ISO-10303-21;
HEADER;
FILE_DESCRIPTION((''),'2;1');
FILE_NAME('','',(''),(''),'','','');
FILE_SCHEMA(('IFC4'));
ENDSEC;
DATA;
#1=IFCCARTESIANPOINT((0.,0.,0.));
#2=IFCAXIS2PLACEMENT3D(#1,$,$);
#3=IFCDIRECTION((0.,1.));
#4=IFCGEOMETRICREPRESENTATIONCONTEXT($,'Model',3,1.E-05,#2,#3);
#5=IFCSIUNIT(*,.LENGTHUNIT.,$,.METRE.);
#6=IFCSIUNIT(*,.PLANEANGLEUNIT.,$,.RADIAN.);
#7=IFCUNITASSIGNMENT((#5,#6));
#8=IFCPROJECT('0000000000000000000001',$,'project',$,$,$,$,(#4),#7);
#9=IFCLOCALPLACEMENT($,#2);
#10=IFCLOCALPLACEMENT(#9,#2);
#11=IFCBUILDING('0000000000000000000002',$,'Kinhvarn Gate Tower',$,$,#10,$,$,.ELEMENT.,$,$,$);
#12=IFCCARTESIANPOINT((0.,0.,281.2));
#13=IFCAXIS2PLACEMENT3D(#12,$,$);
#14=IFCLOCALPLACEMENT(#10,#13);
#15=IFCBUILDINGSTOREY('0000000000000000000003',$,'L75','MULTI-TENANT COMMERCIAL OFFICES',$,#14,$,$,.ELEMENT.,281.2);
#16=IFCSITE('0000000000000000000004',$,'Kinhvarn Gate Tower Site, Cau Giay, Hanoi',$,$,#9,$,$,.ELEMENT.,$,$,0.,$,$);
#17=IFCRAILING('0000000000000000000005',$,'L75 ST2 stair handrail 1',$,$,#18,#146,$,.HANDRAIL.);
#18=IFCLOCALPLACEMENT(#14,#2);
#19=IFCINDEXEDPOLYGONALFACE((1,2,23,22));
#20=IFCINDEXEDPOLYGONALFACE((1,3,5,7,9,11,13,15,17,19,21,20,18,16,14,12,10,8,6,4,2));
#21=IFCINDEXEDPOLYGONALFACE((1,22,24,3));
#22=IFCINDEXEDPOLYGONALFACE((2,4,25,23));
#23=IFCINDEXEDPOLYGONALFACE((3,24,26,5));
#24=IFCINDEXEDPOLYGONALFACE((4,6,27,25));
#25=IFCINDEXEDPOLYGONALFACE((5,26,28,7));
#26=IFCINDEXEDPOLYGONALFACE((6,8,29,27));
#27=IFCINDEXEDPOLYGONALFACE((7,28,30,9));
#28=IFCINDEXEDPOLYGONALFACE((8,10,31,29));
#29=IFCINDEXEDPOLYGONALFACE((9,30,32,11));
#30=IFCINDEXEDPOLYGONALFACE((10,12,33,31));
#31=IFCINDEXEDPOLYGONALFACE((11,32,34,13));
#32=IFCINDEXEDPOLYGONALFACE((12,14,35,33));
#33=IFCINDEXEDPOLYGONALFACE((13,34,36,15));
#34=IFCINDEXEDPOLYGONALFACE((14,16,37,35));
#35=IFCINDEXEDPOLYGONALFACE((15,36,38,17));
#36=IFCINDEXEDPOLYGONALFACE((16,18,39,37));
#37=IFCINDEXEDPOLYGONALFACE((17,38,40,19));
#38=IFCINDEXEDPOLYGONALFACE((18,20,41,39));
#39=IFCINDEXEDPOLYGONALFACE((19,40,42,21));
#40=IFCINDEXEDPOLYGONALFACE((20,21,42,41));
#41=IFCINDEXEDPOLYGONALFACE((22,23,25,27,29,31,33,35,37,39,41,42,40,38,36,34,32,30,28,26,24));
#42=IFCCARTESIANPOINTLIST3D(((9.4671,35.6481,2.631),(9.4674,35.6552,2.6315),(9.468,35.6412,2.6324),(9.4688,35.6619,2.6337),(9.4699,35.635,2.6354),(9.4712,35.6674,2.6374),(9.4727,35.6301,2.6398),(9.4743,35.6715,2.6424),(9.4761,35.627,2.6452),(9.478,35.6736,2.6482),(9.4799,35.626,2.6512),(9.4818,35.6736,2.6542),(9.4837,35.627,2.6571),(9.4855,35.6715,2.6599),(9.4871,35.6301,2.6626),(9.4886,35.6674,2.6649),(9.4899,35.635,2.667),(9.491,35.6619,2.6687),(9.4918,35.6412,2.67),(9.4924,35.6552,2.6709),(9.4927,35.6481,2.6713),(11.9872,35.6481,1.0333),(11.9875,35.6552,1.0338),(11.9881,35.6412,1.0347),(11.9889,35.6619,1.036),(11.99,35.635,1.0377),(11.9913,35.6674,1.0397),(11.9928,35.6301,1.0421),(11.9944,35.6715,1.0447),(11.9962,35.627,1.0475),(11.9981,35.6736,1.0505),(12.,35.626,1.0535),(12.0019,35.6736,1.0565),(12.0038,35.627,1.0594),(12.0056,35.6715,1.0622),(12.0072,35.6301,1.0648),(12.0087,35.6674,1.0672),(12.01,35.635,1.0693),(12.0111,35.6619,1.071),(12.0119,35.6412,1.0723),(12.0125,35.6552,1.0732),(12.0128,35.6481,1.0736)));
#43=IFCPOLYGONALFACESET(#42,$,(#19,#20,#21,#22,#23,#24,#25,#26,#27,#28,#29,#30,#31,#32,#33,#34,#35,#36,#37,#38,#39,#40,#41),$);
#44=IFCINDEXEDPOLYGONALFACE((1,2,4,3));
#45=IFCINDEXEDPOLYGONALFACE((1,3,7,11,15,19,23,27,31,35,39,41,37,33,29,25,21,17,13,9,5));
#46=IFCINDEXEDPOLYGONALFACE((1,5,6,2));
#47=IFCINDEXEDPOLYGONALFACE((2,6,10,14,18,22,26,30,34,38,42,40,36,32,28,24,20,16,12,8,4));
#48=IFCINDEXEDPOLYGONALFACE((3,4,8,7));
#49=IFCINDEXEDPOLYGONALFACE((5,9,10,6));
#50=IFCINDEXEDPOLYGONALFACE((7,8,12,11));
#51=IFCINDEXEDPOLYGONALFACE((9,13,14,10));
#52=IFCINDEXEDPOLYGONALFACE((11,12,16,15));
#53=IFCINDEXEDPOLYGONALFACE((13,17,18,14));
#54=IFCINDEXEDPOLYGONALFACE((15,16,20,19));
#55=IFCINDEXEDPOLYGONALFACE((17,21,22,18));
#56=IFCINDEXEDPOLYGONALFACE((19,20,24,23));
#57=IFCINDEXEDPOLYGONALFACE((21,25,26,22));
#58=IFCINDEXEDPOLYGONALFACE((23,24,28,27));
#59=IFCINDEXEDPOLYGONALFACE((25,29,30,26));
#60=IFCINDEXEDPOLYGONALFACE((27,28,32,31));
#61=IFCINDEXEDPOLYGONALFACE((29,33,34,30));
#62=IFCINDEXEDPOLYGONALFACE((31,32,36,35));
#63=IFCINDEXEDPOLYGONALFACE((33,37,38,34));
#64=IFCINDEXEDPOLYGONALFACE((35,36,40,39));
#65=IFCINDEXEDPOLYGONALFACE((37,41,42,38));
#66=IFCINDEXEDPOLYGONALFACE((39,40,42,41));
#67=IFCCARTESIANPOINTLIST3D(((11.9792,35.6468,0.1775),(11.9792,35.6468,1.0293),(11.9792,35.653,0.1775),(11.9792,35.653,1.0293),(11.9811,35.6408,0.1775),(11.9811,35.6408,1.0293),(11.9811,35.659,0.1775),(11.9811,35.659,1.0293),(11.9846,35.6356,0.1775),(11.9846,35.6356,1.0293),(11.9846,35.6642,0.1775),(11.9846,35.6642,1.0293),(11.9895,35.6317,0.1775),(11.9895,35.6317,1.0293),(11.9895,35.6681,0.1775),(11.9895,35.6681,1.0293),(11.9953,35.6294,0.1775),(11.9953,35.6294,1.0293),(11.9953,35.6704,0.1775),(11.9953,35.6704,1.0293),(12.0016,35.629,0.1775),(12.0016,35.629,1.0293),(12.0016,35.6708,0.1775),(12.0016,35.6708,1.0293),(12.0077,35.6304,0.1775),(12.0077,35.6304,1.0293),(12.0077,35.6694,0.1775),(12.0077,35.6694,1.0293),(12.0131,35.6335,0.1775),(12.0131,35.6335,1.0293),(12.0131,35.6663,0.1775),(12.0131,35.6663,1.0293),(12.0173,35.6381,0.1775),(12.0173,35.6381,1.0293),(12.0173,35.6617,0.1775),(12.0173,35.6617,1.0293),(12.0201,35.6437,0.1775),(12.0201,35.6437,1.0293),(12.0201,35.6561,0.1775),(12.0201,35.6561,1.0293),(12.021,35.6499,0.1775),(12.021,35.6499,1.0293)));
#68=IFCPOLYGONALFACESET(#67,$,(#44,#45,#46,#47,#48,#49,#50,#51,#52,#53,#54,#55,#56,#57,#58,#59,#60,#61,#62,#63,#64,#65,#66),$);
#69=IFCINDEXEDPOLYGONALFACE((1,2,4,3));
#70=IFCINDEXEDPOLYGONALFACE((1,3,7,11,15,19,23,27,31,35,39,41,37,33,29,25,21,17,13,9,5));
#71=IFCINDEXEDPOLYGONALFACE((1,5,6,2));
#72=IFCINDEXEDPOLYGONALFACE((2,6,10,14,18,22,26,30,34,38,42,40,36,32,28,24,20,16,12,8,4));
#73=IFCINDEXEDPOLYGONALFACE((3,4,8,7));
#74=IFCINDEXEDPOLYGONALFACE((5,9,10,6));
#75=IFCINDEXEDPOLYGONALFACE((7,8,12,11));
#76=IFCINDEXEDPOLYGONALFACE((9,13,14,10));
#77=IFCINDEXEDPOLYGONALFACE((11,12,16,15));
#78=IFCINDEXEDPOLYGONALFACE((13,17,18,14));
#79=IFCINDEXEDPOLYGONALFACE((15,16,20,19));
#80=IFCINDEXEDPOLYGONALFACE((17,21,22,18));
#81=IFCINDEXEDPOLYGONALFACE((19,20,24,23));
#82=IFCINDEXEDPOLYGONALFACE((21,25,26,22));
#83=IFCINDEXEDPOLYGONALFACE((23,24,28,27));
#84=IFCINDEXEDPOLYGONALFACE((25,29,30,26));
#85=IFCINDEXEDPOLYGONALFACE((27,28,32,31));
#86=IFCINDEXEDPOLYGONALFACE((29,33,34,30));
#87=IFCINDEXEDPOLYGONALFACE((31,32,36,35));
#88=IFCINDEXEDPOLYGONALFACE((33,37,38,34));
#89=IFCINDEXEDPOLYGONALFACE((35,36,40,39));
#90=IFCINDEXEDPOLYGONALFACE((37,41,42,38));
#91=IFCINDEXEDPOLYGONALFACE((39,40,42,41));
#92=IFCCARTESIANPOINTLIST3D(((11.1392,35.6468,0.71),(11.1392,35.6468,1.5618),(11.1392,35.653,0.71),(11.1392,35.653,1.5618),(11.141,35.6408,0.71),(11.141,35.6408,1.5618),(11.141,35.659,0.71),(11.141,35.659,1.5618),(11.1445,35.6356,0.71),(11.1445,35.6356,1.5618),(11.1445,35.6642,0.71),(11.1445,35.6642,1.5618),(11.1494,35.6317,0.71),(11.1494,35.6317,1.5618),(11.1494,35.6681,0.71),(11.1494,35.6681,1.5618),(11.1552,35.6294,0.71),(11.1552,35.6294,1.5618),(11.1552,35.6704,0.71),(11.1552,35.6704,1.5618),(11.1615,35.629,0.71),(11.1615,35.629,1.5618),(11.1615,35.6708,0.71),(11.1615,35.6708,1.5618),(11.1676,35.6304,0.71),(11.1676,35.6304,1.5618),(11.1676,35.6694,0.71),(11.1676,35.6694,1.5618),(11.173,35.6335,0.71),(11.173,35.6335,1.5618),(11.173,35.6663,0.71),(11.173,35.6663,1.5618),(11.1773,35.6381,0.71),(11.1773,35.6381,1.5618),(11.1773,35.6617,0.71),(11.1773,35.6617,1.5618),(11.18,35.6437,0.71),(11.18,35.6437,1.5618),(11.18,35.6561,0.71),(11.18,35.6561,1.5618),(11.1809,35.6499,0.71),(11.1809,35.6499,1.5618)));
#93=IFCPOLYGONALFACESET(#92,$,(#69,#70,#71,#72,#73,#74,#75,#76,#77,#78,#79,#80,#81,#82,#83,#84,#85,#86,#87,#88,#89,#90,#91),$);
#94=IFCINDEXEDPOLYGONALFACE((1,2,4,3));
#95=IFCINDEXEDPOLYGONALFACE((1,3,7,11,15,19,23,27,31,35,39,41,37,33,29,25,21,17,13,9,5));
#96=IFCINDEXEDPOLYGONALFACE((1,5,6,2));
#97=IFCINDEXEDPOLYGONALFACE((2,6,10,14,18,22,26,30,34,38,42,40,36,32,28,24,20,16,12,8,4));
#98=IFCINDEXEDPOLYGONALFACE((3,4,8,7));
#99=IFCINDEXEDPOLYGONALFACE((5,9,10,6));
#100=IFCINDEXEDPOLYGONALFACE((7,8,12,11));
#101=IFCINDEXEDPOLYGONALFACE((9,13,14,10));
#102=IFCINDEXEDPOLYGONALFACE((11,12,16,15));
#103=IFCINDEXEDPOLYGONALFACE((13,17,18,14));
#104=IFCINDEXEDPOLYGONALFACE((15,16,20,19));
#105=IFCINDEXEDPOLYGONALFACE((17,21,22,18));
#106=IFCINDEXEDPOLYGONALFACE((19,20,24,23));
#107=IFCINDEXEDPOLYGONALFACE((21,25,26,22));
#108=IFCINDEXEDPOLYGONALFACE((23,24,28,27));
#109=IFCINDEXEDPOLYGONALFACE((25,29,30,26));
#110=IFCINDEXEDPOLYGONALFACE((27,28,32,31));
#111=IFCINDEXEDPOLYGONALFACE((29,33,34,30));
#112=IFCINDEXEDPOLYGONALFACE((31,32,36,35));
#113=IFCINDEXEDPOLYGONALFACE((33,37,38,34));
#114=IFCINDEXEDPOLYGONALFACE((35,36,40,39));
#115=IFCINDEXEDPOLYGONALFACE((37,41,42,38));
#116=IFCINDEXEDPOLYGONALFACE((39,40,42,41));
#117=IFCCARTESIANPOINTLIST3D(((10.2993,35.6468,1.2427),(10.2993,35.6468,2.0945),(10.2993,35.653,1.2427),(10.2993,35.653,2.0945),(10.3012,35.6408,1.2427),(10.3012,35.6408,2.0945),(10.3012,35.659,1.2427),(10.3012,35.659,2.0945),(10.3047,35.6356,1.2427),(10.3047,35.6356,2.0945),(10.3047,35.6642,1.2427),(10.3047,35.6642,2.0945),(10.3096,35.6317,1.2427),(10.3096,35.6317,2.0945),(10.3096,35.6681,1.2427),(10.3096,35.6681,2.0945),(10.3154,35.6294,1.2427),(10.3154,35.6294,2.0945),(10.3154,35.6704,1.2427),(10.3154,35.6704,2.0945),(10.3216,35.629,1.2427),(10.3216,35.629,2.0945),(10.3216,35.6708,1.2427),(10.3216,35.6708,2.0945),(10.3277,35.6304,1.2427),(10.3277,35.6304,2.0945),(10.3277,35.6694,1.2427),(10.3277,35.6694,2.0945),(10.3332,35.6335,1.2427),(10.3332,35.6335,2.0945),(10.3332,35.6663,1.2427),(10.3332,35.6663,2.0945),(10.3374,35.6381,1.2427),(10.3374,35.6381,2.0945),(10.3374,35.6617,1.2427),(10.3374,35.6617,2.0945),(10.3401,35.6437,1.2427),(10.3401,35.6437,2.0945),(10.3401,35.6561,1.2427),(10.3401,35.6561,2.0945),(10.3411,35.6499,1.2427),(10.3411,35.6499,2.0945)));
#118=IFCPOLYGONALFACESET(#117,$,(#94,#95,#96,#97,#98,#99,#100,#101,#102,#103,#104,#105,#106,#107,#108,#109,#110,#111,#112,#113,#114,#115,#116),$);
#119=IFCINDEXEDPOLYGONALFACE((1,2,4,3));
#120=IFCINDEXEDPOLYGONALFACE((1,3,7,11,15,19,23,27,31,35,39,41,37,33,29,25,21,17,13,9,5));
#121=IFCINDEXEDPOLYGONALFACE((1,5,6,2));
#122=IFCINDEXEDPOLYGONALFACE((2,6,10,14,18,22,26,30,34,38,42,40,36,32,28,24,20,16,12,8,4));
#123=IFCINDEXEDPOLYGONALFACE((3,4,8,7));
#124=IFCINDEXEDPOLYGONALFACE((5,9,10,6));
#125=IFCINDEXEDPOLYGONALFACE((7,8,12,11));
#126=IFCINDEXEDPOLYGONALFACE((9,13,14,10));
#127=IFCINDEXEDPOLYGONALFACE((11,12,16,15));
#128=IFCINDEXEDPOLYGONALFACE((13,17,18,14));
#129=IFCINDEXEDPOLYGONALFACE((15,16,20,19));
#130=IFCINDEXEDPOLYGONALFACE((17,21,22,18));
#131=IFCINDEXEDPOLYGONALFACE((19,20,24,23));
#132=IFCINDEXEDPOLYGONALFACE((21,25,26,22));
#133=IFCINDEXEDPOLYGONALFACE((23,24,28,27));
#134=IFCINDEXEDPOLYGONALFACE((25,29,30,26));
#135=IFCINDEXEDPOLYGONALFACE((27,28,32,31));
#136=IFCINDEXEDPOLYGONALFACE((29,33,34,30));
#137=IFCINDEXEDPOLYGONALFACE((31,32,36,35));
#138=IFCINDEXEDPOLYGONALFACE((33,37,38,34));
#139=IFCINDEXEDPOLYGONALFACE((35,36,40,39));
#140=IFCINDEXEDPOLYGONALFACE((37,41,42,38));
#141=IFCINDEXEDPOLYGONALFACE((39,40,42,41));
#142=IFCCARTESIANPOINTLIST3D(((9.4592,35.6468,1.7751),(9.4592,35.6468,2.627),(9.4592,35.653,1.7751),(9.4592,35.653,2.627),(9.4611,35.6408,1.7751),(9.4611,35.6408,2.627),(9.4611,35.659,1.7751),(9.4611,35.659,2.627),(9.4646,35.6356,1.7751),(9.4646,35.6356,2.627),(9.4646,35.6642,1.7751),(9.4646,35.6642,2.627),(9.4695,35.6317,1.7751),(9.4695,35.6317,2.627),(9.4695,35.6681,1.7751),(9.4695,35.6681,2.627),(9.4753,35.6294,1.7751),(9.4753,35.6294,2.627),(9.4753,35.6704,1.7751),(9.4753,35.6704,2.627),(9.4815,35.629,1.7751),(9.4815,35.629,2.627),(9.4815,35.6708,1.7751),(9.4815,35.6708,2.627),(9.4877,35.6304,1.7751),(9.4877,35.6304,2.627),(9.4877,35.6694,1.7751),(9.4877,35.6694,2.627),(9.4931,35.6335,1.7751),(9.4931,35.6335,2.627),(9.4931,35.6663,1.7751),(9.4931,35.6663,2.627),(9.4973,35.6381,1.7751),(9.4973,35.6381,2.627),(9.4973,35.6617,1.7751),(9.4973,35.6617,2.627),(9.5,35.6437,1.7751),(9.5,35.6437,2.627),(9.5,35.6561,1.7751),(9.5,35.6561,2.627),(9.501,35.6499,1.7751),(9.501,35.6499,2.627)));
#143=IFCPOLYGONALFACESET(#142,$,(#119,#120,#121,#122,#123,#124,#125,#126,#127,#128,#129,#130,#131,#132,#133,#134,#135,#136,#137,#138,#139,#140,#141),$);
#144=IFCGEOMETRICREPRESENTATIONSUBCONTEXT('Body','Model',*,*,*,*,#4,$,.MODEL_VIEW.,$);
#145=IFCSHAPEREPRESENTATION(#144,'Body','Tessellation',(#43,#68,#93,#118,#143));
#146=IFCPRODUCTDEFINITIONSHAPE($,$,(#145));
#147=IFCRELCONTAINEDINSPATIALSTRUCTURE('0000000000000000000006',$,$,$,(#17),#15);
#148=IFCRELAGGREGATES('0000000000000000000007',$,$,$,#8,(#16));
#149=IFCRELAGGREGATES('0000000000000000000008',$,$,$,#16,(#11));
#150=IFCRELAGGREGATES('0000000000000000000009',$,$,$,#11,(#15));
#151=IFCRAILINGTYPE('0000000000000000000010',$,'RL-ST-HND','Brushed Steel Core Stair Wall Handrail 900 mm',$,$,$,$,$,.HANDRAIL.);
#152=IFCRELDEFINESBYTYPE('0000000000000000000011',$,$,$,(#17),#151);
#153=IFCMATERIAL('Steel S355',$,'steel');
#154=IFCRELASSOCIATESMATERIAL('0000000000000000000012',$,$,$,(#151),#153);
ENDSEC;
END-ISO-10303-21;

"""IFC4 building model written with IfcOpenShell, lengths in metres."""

from ifc_helpers import new_model, si_unit, direction, frame, origin, origin_2d, place, context, subcontext, project, spatial, circle, extrude, material, type_object, element, save


model = new_model("IFC4")

# Units and contexts
model_context = context("Model", 3, precision=1e-05, world=origin(), true_north=direction((0.0, 1.0)))
body_context = subcontext(model_context, "Body", "Model", "MODEL_VIEW")
ifc_project = project(units=[si_unit("LENGTHUNIT", "METRE"), si_unit("PLANEANGLEUNIT", "RADIAN")], contexts=[model_context])

# Site, building, storey
site_placement = place(None, origin())
site = spatial("IfcSite", under=ifc_project, at=site_placement, Name="Kinhvarn Gate Tower Site, Cau Giay, Hanoi", CompositionType="ELEMENT", RefElevation=0.0)
building_placement = place(site_placement, origin())
building = spatial("IfcBuilding", under=site, at=building_placement, Name="Kinhvarn Gate Tower", CompositionType="ELEMENT")
storey_placement = place(building_placement, frame((0.0, 0.0, 281.2)))
storey = spatial("IfcBuildingStorey", under=building, at=storey_placement, Name="L75", Description="MULTI-TENANT COMMERCIAL OFFICES", CompositionType="ELEMENT", Elevation=281.2)

# Shared definitions
ifc_material_1 = material(Name="Steel S355", Category="steel")

# Railing
railing_type_1 = type_object("IfcRailingType", Name="RL-ST-HND", Description="Brushed Steel Core Stair Wall Handrail 900 mm", PredefinedType="HANDRAIL", material=ifc_material_1)
railing_1_placement = place(storey_placement, frame((12.0, 35.6499, 0.1775)))
element("IfcRailing", 1, at=railing_1_placement, inside=storey, type_object=railing_type_1, Name="L75 ST2 stair handrail 1", PredefinedType="HANDRAIL", context=body_context, shape_type="SweptSolid", body=[
    extrude(circle(Radius=0.0239, at=origin_2d()), frame((0.0, 0.0, 0.876), z_axis=(-0.84457, 0.0, 0.535445), x_axis=(0.0, -1.0, 0.0)), (0.0, 0.0, 1.0), 2.9839),
    extrude(circle(Radius=0.021, at=origin_2d()), origin(), (0.0, 0.0, 1.0), 0.8518),
    extrude(circle(Radius=0.021, at=origin_2d()), frame((-0.8401, 0.0, 0.5325)), (0.0, 0.0, 1.0), 0.8518),
    extrude(circle(Radius=0.021, at=origin_2d()), frame((-1.6799, 0.0, 1.0652)), (0.0, 0.0, 1.0), 0.8518),
    extrude(circle(Radius=0.021, at=origin_2d()), frame((-2.52, 0.0, 1.5977)), (0.0, 0.0, 1.0), 0.8518),
])

save(model, "model.ifc")
